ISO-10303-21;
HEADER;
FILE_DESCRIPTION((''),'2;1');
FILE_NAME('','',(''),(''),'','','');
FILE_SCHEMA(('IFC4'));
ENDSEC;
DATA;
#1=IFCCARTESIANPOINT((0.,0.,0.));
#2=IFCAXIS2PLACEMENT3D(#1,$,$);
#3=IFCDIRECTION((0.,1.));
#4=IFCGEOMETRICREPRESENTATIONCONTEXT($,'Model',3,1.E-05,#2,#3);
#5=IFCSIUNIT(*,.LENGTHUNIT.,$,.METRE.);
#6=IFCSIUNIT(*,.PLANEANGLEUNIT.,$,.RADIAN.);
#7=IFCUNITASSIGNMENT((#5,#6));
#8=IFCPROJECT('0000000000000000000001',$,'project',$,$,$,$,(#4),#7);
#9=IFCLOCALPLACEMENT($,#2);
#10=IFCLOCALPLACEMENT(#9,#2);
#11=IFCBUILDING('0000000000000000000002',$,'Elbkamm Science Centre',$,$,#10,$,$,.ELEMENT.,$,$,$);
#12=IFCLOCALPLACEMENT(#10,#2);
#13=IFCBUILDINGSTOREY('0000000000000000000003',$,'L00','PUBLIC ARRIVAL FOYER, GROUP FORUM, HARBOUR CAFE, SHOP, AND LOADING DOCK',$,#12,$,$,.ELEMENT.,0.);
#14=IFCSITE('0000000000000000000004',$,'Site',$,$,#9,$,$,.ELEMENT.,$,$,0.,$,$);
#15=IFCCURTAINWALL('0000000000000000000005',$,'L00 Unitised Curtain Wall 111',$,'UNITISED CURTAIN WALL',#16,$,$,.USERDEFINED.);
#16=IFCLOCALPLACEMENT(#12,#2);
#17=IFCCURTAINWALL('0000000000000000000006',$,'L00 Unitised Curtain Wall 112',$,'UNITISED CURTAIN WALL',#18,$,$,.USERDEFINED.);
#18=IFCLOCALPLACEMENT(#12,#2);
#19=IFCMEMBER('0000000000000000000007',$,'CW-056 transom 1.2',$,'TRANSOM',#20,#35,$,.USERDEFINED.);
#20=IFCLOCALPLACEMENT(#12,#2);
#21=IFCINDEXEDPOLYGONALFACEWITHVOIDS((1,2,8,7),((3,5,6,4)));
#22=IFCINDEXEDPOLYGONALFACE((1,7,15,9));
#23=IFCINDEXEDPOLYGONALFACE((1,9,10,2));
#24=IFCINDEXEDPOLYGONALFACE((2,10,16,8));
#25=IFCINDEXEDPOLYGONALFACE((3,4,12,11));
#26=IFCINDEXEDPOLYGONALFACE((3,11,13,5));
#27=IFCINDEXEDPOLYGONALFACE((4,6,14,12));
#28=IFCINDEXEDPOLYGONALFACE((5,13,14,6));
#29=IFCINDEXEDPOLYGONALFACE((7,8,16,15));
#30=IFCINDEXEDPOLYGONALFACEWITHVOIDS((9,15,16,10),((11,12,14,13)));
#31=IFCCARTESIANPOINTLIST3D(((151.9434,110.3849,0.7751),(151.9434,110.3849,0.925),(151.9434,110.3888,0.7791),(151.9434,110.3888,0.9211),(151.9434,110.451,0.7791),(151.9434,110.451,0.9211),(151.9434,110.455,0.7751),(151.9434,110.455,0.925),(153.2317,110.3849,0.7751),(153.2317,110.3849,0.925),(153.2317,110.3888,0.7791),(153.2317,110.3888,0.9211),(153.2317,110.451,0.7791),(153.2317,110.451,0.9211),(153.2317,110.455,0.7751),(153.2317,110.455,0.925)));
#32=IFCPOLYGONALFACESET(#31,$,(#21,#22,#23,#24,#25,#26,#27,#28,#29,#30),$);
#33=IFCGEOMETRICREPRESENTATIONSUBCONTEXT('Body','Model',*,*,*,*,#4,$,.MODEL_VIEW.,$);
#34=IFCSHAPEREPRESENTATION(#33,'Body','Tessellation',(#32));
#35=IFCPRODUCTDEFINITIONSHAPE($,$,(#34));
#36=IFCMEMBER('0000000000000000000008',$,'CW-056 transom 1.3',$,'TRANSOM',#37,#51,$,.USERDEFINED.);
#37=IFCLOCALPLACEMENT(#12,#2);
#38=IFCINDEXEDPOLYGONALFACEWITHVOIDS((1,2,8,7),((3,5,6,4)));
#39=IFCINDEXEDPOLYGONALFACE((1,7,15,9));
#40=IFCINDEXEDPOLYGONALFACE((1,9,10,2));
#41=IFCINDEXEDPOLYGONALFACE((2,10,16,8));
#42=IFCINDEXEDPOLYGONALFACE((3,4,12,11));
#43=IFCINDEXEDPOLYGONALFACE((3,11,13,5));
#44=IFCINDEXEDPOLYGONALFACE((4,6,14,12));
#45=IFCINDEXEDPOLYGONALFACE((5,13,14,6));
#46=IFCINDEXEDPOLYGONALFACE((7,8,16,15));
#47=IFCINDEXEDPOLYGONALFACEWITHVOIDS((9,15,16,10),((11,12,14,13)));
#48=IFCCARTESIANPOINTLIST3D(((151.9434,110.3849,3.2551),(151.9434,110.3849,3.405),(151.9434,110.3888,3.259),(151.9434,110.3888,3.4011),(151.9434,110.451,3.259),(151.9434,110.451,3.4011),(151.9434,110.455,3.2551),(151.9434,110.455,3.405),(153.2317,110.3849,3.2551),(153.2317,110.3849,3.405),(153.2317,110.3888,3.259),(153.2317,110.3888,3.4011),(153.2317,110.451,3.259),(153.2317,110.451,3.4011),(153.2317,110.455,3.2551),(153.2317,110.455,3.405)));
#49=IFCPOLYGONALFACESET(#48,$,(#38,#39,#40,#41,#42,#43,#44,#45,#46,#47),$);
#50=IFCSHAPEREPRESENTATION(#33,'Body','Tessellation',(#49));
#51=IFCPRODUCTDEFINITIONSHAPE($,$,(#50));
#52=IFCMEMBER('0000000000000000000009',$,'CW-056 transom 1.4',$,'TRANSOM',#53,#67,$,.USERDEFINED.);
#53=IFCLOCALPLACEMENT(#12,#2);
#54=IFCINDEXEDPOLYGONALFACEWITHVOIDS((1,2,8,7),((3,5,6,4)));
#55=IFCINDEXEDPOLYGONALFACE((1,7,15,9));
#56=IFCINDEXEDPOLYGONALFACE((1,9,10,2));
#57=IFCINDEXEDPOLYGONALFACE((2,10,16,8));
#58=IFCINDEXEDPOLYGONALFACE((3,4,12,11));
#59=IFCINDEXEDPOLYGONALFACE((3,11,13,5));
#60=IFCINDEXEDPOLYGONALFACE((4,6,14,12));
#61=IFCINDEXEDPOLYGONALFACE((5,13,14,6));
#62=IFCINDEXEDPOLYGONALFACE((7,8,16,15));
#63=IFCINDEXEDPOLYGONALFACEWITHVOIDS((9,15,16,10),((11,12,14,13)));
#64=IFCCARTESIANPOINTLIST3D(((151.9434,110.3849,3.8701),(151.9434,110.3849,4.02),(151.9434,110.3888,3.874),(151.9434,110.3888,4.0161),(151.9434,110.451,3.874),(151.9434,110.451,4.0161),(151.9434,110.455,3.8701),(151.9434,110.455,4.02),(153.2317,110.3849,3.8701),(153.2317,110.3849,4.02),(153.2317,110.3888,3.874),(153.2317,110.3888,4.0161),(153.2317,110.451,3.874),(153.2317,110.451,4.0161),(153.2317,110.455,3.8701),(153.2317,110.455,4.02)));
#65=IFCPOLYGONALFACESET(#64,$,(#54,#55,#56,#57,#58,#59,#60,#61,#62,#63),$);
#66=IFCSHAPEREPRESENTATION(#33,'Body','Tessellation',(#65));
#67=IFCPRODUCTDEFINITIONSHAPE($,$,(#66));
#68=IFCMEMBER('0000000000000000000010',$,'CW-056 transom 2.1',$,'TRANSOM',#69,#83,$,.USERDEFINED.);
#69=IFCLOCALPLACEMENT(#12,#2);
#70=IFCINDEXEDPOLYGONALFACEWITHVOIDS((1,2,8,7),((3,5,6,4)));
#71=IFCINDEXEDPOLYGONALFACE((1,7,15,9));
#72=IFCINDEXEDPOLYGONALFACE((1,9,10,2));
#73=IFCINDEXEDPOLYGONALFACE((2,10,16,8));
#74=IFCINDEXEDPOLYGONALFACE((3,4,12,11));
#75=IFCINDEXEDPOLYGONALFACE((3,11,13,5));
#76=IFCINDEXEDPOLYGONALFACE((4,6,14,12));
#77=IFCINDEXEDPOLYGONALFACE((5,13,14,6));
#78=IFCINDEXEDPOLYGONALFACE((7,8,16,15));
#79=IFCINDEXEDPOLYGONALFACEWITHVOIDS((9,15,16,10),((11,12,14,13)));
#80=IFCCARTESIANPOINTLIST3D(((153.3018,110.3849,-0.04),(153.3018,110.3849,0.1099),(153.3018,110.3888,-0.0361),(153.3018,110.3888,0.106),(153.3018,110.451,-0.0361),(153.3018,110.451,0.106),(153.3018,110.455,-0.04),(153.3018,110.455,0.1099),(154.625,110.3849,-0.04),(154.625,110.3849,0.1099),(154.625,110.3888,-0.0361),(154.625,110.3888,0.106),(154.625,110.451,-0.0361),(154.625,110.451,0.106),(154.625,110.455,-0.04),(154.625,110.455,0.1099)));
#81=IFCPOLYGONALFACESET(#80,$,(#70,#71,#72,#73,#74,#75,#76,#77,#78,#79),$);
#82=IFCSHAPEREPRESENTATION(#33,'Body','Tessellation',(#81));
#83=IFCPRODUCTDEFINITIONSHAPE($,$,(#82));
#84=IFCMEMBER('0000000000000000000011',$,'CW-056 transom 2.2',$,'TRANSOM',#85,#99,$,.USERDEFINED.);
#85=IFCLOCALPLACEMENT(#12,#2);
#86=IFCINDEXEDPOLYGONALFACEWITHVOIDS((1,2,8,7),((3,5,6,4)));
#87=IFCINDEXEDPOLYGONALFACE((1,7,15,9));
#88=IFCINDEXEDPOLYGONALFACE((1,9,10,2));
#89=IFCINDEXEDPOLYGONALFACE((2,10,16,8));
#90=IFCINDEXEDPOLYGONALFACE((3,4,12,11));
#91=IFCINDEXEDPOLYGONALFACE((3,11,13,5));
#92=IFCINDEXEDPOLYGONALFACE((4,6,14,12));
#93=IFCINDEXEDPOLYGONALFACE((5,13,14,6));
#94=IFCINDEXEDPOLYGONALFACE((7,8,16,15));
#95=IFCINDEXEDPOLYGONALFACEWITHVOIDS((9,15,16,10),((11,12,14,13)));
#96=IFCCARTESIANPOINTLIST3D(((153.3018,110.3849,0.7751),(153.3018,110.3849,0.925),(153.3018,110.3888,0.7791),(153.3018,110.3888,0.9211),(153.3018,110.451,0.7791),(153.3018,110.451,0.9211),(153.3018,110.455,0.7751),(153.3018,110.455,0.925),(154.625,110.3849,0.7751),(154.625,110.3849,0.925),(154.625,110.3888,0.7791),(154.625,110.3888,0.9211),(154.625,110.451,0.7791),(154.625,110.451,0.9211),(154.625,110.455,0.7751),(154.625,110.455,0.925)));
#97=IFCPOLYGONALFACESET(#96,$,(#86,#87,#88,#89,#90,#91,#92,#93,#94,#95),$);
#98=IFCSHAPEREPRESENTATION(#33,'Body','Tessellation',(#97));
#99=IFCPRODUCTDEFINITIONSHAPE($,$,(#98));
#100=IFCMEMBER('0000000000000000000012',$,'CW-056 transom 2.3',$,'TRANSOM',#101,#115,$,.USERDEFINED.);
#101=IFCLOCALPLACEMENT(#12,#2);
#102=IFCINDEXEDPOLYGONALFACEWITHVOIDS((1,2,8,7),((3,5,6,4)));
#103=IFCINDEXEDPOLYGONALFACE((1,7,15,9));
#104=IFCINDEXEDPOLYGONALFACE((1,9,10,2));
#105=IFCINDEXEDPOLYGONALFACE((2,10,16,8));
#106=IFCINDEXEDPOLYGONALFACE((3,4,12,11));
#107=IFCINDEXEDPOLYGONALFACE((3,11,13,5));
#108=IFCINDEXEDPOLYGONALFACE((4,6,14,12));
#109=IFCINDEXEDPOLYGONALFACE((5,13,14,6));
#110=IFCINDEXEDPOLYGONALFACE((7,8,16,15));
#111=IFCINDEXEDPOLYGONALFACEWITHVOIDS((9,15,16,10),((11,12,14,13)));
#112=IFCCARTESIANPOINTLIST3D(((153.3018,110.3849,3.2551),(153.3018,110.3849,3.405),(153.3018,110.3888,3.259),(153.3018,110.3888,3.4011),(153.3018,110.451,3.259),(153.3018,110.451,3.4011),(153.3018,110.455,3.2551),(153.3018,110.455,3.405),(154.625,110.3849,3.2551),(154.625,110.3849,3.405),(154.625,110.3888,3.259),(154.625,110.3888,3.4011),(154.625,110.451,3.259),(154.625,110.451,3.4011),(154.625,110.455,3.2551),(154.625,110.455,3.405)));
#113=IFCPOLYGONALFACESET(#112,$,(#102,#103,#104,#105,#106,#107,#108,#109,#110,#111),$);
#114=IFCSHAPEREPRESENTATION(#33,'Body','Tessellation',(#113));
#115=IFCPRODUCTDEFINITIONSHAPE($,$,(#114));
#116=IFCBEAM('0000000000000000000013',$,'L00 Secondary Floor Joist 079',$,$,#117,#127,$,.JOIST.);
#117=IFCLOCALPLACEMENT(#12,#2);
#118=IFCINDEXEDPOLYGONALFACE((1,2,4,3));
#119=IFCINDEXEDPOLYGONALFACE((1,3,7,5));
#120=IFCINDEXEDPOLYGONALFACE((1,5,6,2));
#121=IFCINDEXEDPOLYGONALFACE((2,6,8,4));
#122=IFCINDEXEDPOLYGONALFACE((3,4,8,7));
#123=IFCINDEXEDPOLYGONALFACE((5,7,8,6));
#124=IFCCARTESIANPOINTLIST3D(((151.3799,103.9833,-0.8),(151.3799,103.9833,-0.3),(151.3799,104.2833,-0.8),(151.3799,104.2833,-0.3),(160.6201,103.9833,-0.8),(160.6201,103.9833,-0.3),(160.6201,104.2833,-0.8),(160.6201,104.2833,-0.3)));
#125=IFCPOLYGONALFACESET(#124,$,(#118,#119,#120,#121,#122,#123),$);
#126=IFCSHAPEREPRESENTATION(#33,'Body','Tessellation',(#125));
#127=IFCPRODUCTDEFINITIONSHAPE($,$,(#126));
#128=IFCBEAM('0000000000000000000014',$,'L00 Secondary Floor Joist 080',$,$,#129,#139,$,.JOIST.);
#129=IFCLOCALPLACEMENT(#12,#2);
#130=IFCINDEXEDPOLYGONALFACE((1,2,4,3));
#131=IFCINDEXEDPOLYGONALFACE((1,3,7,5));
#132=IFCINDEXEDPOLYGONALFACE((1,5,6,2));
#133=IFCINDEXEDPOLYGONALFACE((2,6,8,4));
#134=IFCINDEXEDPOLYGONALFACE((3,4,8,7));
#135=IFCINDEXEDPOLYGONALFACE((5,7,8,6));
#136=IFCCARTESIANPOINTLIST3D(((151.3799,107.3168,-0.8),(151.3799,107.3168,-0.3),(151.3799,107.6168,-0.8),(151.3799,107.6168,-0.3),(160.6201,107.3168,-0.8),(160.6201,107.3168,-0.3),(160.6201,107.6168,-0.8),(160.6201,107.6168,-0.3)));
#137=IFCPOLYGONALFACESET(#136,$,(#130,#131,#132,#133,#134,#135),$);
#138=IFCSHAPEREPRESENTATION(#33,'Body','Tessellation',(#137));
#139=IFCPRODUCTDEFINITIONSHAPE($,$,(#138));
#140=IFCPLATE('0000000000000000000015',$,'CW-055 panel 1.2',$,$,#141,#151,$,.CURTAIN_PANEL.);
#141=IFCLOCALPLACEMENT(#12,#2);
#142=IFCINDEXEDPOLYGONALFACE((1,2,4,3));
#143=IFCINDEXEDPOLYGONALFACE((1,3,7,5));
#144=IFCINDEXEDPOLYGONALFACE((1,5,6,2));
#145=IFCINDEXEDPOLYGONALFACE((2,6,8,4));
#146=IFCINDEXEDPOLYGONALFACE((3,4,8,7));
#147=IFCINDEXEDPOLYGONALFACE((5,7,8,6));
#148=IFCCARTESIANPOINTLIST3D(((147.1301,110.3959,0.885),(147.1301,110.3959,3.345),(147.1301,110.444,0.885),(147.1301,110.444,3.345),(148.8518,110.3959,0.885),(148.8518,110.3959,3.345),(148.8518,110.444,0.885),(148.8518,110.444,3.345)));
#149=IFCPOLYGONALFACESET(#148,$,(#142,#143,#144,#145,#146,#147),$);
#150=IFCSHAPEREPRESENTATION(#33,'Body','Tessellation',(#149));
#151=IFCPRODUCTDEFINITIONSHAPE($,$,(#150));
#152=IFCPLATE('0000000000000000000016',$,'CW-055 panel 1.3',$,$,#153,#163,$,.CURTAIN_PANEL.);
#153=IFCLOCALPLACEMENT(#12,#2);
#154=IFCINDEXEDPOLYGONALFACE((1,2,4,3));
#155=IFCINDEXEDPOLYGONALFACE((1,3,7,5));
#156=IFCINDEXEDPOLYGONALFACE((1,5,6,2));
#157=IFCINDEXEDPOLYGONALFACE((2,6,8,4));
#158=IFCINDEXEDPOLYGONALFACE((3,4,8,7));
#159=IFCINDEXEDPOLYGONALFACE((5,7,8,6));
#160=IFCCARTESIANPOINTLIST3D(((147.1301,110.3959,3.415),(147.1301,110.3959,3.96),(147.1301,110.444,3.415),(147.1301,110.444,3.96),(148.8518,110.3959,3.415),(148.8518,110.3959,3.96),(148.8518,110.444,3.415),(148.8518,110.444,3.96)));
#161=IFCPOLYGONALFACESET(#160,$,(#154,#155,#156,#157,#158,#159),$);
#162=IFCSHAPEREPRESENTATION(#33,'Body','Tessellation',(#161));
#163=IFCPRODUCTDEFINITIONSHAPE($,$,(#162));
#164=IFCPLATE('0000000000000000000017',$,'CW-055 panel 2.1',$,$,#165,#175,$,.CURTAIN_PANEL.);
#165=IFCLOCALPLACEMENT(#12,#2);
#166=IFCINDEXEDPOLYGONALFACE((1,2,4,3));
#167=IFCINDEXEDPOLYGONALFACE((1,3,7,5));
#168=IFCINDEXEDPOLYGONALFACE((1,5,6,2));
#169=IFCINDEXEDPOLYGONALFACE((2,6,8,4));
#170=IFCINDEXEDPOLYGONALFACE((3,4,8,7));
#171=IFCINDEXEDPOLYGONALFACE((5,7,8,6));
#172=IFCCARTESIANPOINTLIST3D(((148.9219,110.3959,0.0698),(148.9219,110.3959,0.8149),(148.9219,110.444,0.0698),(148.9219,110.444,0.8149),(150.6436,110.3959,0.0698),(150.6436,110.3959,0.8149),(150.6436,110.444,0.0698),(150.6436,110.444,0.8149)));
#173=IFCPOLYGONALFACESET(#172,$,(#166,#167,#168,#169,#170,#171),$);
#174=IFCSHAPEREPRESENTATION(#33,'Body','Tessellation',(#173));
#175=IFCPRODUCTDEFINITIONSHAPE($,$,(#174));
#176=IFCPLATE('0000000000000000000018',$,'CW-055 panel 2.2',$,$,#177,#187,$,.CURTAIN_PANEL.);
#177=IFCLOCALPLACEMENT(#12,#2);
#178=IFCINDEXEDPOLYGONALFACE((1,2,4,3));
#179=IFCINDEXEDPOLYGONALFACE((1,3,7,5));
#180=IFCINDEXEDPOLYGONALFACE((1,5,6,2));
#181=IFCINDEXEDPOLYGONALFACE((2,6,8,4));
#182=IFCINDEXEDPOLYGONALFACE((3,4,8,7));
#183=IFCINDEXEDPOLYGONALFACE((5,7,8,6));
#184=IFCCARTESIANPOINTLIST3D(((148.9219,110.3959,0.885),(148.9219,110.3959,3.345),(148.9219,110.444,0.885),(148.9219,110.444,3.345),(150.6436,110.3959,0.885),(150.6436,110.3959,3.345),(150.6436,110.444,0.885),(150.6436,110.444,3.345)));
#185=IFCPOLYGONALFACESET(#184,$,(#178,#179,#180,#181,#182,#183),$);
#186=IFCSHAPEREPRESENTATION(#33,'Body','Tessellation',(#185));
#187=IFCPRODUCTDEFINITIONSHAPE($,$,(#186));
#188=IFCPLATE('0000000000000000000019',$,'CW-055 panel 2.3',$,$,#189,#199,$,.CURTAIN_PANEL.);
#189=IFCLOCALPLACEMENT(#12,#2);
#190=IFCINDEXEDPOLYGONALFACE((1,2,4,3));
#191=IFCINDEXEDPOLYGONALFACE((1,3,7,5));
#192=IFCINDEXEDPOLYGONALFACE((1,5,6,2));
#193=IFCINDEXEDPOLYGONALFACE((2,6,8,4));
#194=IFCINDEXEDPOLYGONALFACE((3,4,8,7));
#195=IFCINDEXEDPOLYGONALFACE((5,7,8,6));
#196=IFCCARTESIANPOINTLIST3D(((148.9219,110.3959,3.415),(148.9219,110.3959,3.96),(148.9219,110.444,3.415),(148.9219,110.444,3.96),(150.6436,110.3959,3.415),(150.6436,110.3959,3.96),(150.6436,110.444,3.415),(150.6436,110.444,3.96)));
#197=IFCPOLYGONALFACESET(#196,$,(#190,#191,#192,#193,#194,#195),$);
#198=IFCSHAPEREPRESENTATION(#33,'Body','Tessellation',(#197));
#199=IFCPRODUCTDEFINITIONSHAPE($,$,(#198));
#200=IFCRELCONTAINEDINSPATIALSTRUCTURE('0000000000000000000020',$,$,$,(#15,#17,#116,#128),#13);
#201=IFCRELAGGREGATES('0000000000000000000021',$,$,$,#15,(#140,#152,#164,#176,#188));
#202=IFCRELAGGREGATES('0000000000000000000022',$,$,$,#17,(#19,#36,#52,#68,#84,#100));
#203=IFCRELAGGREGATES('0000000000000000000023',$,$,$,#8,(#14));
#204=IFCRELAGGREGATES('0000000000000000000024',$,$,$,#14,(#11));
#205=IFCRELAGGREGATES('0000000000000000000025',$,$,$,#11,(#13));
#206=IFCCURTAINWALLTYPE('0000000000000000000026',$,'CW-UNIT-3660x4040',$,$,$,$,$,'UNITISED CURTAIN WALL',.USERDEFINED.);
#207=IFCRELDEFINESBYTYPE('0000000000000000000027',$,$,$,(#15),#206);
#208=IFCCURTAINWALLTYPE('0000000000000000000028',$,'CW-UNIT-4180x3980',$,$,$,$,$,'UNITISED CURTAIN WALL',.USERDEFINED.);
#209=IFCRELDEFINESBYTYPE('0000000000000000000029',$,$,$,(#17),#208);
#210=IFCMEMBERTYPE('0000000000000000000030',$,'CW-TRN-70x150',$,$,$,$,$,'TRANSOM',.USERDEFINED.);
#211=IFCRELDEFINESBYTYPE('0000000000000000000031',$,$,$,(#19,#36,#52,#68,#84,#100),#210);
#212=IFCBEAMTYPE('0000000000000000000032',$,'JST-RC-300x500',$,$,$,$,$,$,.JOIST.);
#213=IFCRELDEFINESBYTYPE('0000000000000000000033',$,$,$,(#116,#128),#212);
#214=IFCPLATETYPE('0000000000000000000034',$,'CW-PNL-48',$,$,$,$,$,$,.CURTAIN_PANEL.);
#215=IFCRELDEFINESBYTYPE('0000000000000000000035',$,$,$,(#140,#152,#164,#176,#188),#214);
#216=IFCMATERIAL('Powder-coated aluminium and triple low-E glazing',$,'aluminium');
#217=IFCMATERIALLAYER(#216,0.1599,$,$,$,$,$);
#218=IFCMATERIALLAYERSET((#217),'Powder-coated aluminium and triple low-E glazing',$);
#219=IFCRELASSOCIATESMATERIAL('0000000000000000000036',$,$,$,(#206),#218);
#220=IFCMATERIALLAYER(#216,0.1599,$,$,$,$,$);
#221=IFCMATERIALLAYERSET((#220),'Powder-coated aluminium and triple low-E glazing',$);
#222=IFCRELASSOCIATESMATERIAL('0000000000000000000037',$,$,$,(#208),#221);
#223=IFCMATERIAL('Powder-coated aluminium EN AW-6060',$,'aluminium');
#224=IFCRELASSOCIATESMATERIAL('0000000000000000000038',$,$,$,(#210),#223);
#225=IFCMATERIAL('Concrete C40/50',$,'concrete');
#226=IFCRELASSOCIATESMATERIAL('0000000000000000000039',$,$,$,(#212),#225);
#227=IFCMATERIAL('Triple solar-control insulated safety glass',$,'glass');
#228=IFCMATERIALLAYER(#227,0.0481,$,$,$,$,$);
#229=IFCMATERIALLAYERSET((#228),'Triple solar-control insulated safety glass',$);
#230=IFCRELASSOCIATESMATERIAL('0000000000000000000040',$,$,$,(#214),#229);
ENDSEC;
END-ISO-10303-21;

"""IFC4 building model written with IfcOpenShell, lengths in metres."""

from ifc_helpers import new_model, si_unit, direction, frame, origin, origin_2d, place, context, subcontext, project, spatial, rectangle, hollow_rectangle, extrude, material, layer, layer_set, material_profile, profile_set, type_object, element, aggregate, save


model = new_model("IFC4")

# Units and contexts
model_context = context("Model", 3, precision=1e-05, world=origin(), true_north=direction((0.0, 1.0)))
body_context = subcontext(model_context, "Body", "Model", "MODEL_VIEW")
ifc_project = project(units=[si_unit("LENGTHUNIT", "METRE"), si_unit("PLANEANGLEUNIT", "RADIAN")], contexts=[model_context])

# Site, building, storey
site_placement = place(None, origin())
site = spatial("IfcSite", under=ifc_project, at=site_placement, Name="Site", CompositionType="ELEMENT", RefElevation=0.0)
building_placement = place(site_placement, origin())
building = spatial("IfcBuilding", under=site, at=building_placement, Name="Elbkamm Science Centre", CompositionType="ELEMENT")
storey_placement = place(building_placement, origin())
storey = spatial("IfcBuildingStorey", under=building, at=storey_placement, Name="L00", Description="PUBLIC ARRIVAL FOYER, GROUP FORUM, HARBOUR CAFE, SHOP, AND LOADING DOCK", CompositionType="ELEMENT", Elevation=0.0)

# Shared definitions
ifc_material_1 = material(Name="Concrete C40/50", Category="concrete")

# Curtain walls
ifc_material_2 = material(Name="Powder-coated aluminium and triple low-E glazing", Category="aluminium")
ifc_layer_1 = layer(ifc_material_2, 0.1599)
ifc_layer_set_1 = layer_set([ifc_layer_1], Name="Powder-coated aluminium and triple low-E glazing")
curtain_wall_type_1 = type_object("IfcCurtainWallType", Name="CW-UNIT-3660x4040", ElementType="UNITISED CURTAIN WALL", PredefinedType="USERDEFINED", material=ifc_layer_set_1)
curtain_wall_1_placement = place(storey_placement, origin())
curtain_wall_1 = element("IfcCurtainWall", 1, at=curtain_wall_1_placement, inside=storey, type_object=curtain_wall_type_1, Name="L00 Unitised Curtain Wall 111", ObjectType="UNITISED CURTAIN WALL", PredefinedType="USERDEFINED")
ifc_material_3 = material(Name="Powder-coated aluminium EN AW-6060", Category="aluminium")
ifc_layer_2 = layer(ifc_material_2, 0.1599)
ifc_layer_set_2 = layer_set([ifc_layer_2], Name="Powder-coated aluminium and triple low-E glazing")
curtain_wall_type_2 = type_object("IfcCurtainWallType", Name="CW-UNIT-4180x3980", ElementType="UNITISED CURTAIN WALL", PredefinedType="USERDEFINED", material=ifc_layer_set_2)
curtain_wall_2_placement = place(storey_placement, origin())
curtain_wall_2 = element("IfcCurtainWall", 2, at=curtain_wall_2_placement, inside=storey, type_object=curtain_wall_type_2, Name="L00 Unitised Curtain Wall 112", ObjectType="UNITISED CURTAIN WALL", PredefinedType="USERDEFINED")

# Members
ifc_material_profile_1 = material_profile(ifc_material_3, hollow_rectangle(XDim=0.0701, YDim=0.1499, WallThickness=0.0039, at=origin_2d()), Name="ALU T70x150")
ifc_profile_set_1 = profile_set([ifc_material_profile_1], Name="Powder-coated aluminium EN AW-6060")
member_type_1 = type_object("IfcMemberType", Name="CW-TRN-70x150", ElementType="TRANSOM", PredefinedType="USERDEFINED", material=ifc_profile_set_1)
member_1_placement = place(storey_placement, frame((151.9434, 110.4199, 0.8501), z_axis=(1.0, 0.0, 0.0), x_axis=(0.0, 1.0, 0.0)))
member_1 = element("IfcMember", 3, at=member_1_placement, type_object=member_type_1, Name="CW-056 transom 1.2", ObjectType="TRANSOM", PredefinedType="USERDEFINED", context=body_context, shape_type="SweptSolid", body=[
    extrude(hollow_rectangle(XDim=0.0701, YDim=0.1499, WallThickness=0.0039, at=origin_2d()), origin(), (0.0, 0.0, 1.0), 1.2883),
])
member_2_placement = place(storey_placement, frame((151.9434, 110.4199, 3.3301), z_axis=(1.0, 0.0, 0.0), x_axis=(0.0, 1.0, 0.0)))
member_2 = element("IfcMember", 4, at=member_2_placement, type_object=member_type_1, Name="CW-056 transom 1.3", ObjectType="TRANSOM", PredefinedType="USERDEFINED", context=body_context, shape_type="SweptSolid", body=[
    extrude(hollow_rectangle(XDim=0.0701, YDim=0.1499, WallThickness=0.0039, at=origin_2d()), origin(), (0.0, 0.0, 1.0), 1.2883),
])
member_3_placement = place(storey_placement, frame((151.9434, 110.4199, 3.9451), z_axis=(1.0, 0.0, 0.0), x_axis=(0.0, 1.0, 0.0)))
member_3 = element("IfcMember", 5, at=member_3_placement, type_object=member_type_1, Name="CW-056 transom 1.4", ObjectType="TRANSOM", PredefinedType="USERDEFINED", context=body_context, shape_type="SweptSolid", body=[
    extrude(hollow_rectangle(XDim=0.0701, YDim=0.1499, WallThickness=0.0039, at=origin_2d()), origin(), (0.0, 0.0, 1.0), 1.2883),
])
member_4_placement = place(storey_placement, frame((153.3018, 110.4199, 0.0349), z_axis=(1.0, 0.0, 0.0), x_axis=(0.0, 1.0, 0.0)))
member_4 = element("IfcMember", 6, at=member_4_placement, type_object=member_type_1, Name="CW-056 transom 2.1", ObjectType="TRANSOM", PredefinedType="USERDEFINED", context=body_context, shape_type="SweptSolid", body=[
    extrude(hollow_rectangle(XDim=0.0701, YDim=0.1499, WallThickness=0.0039, at=origin_2d()), origin(), (0.0, 0.0, 1.0), 1.3232),
])
member_5_placement = place(storey_placement, frame((153.3018, 110.4199, 0.8501), z_axis=(1.0, 0.0, 0.0), x_axis=(0.0, 1.0, 0.0)))
member_5 = element("IfcMember", 7, at=member_5_placement, type_object=member_type_1, Name="CW-056 transom 2.2", ObjectType="TRANSOM", PredefinedType="USERDEFINED", context=body_context, shape_type="SweptSolid", body=[
    extrude(hollow_rectangle(XDim=0.0701, YDim=0.1499, WallThickness=0.0039, at=origin_2d()), origin(), (0.0, 0.0, 1.0), 1.3232),
])
member_6_placement = place(storey_placement, frame((153.3018, 110.4199, 3.3301), z_axis=(1.0, 0.0, 0.0), x_axis=(0.0, 1.0, 0.0)))
member_6 = element("IfcMember", 8, at=member_6_placement, type_object=member_type_1, Name="CW-056 transom 2.3", ObjectType="TRANSOM", PredefinedType="USERDEFINED", context=body_context, shape_type="SweptSolid", body=[
    extrude(hollow_rectangle(XDim=0.0701, YDim=0.1499, WallThickness=0.0039, at=origin_2d()), origin(), (0.0, 0.0, 1.0), 1.3232),
])

# Beams
ifc_material_profile_2 = material_profile(ifc_material_1, rectangle(XDim=0.3, YDim=0.5, at=origin_2d()), Name="RC 300x500")
ifc_profile_set_2 = profile_set([ifc_material_profile_2], Name="Concrete C40/50")
beam_type_1 = type_object("IfcBeamType", Name="JST-RC-300x500", PredefinedType="JOIST", material=ifc_profile_set_2)
for number, where, z_axis, x_axis, name in (
    (9, (151.3799, 104.1333, -0.55), (1.0, 0.0, 0.0), (0.0, 1.0, 0.0), "L00 Secondary Floor Joist 079"),
    (10, (151.3799, 107.4668, -0.55), (1.0, 0.0, 0.0), (0.0, 1.0, 0.0), "L00 Secondary Floor Joist 080"),
):
    element("IfcBeam", number, at=place(storey_placement, frame(where, z_axis=z_axis, x_axis=x_axis)), inside=storey, type_object=beam_type_1, Name=name, PredefinedType="JOIST", context=body_context, shape_type="SweptSolid", body=[
        extrude(rectangle(XDim=0.3, YDim=0.5, at=origin_2d()), origin(), (0.0, 0.0, 1.0), 9.2402),
    ])

# Plates
ifc_material_4 = material(Name="Triple solar-control insulated safety glass", Category="glass")
ifc_layer_3 = layer(ifc_material_4, 0.0481)
ifc_layer_set_3 = layer_set([ifc_layer_3], Name="Triple solar-control insulated safety glass")
plate_type = type_object("IfcPlateType", Name="CW-PNL-48", PredefinedType="CURTAIN_PANEL", material=ifc_layer_set_3)
plate_1_placement = place(storey_placement, frame((147.991, 110.4199, 0.885), z_axis=(0.0, 0.0, 1.0), x_axis=(1.0, 0.0, 0.0)))
plate_1 = element("IfcPlate", 11, at=plate_1_placement, type_object=plate_type, Name="CW-055 panel 1.2", PredefinedType="CURTAIN_PANEL", context=body_context, shape_type="SweptSolid", body=[
    extrude(rectangle(XDim=1.7217, YDim=0.0481, at=origin_2d()), origin(), (0.0, 0.0, 1.0), 2.46),
])
plate_2_placement = place(storey_placement, frame((147.991, 110.4199, 3.415), z_axis=(0.0, 0.0, 1.0), x_axis=(1.0, 0.0, 0.0)))
plate_2 = element("IfcPlate", 12, at=plate_2_placement, type_object=plate_type, Name="CW-055 panel 1.3", PredefinedType="CURTAIN_PANEL", context=body_context, shape_type="SweptSolid", body=[
    extrude(rectangle(XDim=1.7217, YDim=0.0481, at=origin_2d()), origin(), (0.0, 0.0, 1.0), 0.5449),
])
plate_3_placement = place(storey_placement, frame((149.7827, 110.4199, 0.0698), z_axis=(0.0, 0.0, 1.0), x_axis=(1.0, 0.0, 0.0)))
plate_3 = element("IfcPlate", 13, at=plate_3_placement, type_object=plate_type, Name="CW-055 panel 2.1", PredefinedType="CURTAIN_PANEL", context=body_context, shape_type="SweptSolid", body=[
    extrude(rectangle(XDim=1.7217, YDim=0.0481, at=origin_2d()), origin(), (0.0, 0.0, 1.0), 0.7451),
])
plate_4_placement = place(storey_placement, frame((149.7827, 110.4199, 0.885), z_axis=(0.0, 0.0, 1.0), x_axis=(1.0, 0.0, 0.0)))
plate_4 = element("IfcPlate", 14, at=plate_4_placement, type_object=plate_type, Name="CW-055 panel 2.2", PredefinedType="CURTAIN_PANEL", context=body_context, shape_type="SweptSolid", body=[
    extrude(rectangle(XDim=1.7217, YDim=0.0481, at=origin_2d()), origin(), (0.0, 0.0, 1.0), 2.46),
])
plate_5_placement = place(storey_placement, frame((149.7827, 110.4199, 3.415), z_axis=(0.0, 0.0, 1.0), x_axis=(1.0, 0.0, 0.0)))
plate_5 = element("IfcPlate", 15, at=plate_5_placement, type_object=plate_type, Name="CW-055 panel 2.3", PredefinedType="CURTAIN_PANEL", context=body_context, shape_type="SweptSolid", body=[
    extrude(rectangle(XDim=1.7217, YDim=0.0481, at=origin_2d()), origin(), (0.0, 0.0, 1.0), 0.5449),
])
aggregate(curtain_wall_1, [plate_1, plate_2, plate_3, plate_4, plate_5])
aggregate(curtain_wall_2, [member_1, member_2, member_3, member_4, member_5, member_6])

save(model, "model.ifc")
